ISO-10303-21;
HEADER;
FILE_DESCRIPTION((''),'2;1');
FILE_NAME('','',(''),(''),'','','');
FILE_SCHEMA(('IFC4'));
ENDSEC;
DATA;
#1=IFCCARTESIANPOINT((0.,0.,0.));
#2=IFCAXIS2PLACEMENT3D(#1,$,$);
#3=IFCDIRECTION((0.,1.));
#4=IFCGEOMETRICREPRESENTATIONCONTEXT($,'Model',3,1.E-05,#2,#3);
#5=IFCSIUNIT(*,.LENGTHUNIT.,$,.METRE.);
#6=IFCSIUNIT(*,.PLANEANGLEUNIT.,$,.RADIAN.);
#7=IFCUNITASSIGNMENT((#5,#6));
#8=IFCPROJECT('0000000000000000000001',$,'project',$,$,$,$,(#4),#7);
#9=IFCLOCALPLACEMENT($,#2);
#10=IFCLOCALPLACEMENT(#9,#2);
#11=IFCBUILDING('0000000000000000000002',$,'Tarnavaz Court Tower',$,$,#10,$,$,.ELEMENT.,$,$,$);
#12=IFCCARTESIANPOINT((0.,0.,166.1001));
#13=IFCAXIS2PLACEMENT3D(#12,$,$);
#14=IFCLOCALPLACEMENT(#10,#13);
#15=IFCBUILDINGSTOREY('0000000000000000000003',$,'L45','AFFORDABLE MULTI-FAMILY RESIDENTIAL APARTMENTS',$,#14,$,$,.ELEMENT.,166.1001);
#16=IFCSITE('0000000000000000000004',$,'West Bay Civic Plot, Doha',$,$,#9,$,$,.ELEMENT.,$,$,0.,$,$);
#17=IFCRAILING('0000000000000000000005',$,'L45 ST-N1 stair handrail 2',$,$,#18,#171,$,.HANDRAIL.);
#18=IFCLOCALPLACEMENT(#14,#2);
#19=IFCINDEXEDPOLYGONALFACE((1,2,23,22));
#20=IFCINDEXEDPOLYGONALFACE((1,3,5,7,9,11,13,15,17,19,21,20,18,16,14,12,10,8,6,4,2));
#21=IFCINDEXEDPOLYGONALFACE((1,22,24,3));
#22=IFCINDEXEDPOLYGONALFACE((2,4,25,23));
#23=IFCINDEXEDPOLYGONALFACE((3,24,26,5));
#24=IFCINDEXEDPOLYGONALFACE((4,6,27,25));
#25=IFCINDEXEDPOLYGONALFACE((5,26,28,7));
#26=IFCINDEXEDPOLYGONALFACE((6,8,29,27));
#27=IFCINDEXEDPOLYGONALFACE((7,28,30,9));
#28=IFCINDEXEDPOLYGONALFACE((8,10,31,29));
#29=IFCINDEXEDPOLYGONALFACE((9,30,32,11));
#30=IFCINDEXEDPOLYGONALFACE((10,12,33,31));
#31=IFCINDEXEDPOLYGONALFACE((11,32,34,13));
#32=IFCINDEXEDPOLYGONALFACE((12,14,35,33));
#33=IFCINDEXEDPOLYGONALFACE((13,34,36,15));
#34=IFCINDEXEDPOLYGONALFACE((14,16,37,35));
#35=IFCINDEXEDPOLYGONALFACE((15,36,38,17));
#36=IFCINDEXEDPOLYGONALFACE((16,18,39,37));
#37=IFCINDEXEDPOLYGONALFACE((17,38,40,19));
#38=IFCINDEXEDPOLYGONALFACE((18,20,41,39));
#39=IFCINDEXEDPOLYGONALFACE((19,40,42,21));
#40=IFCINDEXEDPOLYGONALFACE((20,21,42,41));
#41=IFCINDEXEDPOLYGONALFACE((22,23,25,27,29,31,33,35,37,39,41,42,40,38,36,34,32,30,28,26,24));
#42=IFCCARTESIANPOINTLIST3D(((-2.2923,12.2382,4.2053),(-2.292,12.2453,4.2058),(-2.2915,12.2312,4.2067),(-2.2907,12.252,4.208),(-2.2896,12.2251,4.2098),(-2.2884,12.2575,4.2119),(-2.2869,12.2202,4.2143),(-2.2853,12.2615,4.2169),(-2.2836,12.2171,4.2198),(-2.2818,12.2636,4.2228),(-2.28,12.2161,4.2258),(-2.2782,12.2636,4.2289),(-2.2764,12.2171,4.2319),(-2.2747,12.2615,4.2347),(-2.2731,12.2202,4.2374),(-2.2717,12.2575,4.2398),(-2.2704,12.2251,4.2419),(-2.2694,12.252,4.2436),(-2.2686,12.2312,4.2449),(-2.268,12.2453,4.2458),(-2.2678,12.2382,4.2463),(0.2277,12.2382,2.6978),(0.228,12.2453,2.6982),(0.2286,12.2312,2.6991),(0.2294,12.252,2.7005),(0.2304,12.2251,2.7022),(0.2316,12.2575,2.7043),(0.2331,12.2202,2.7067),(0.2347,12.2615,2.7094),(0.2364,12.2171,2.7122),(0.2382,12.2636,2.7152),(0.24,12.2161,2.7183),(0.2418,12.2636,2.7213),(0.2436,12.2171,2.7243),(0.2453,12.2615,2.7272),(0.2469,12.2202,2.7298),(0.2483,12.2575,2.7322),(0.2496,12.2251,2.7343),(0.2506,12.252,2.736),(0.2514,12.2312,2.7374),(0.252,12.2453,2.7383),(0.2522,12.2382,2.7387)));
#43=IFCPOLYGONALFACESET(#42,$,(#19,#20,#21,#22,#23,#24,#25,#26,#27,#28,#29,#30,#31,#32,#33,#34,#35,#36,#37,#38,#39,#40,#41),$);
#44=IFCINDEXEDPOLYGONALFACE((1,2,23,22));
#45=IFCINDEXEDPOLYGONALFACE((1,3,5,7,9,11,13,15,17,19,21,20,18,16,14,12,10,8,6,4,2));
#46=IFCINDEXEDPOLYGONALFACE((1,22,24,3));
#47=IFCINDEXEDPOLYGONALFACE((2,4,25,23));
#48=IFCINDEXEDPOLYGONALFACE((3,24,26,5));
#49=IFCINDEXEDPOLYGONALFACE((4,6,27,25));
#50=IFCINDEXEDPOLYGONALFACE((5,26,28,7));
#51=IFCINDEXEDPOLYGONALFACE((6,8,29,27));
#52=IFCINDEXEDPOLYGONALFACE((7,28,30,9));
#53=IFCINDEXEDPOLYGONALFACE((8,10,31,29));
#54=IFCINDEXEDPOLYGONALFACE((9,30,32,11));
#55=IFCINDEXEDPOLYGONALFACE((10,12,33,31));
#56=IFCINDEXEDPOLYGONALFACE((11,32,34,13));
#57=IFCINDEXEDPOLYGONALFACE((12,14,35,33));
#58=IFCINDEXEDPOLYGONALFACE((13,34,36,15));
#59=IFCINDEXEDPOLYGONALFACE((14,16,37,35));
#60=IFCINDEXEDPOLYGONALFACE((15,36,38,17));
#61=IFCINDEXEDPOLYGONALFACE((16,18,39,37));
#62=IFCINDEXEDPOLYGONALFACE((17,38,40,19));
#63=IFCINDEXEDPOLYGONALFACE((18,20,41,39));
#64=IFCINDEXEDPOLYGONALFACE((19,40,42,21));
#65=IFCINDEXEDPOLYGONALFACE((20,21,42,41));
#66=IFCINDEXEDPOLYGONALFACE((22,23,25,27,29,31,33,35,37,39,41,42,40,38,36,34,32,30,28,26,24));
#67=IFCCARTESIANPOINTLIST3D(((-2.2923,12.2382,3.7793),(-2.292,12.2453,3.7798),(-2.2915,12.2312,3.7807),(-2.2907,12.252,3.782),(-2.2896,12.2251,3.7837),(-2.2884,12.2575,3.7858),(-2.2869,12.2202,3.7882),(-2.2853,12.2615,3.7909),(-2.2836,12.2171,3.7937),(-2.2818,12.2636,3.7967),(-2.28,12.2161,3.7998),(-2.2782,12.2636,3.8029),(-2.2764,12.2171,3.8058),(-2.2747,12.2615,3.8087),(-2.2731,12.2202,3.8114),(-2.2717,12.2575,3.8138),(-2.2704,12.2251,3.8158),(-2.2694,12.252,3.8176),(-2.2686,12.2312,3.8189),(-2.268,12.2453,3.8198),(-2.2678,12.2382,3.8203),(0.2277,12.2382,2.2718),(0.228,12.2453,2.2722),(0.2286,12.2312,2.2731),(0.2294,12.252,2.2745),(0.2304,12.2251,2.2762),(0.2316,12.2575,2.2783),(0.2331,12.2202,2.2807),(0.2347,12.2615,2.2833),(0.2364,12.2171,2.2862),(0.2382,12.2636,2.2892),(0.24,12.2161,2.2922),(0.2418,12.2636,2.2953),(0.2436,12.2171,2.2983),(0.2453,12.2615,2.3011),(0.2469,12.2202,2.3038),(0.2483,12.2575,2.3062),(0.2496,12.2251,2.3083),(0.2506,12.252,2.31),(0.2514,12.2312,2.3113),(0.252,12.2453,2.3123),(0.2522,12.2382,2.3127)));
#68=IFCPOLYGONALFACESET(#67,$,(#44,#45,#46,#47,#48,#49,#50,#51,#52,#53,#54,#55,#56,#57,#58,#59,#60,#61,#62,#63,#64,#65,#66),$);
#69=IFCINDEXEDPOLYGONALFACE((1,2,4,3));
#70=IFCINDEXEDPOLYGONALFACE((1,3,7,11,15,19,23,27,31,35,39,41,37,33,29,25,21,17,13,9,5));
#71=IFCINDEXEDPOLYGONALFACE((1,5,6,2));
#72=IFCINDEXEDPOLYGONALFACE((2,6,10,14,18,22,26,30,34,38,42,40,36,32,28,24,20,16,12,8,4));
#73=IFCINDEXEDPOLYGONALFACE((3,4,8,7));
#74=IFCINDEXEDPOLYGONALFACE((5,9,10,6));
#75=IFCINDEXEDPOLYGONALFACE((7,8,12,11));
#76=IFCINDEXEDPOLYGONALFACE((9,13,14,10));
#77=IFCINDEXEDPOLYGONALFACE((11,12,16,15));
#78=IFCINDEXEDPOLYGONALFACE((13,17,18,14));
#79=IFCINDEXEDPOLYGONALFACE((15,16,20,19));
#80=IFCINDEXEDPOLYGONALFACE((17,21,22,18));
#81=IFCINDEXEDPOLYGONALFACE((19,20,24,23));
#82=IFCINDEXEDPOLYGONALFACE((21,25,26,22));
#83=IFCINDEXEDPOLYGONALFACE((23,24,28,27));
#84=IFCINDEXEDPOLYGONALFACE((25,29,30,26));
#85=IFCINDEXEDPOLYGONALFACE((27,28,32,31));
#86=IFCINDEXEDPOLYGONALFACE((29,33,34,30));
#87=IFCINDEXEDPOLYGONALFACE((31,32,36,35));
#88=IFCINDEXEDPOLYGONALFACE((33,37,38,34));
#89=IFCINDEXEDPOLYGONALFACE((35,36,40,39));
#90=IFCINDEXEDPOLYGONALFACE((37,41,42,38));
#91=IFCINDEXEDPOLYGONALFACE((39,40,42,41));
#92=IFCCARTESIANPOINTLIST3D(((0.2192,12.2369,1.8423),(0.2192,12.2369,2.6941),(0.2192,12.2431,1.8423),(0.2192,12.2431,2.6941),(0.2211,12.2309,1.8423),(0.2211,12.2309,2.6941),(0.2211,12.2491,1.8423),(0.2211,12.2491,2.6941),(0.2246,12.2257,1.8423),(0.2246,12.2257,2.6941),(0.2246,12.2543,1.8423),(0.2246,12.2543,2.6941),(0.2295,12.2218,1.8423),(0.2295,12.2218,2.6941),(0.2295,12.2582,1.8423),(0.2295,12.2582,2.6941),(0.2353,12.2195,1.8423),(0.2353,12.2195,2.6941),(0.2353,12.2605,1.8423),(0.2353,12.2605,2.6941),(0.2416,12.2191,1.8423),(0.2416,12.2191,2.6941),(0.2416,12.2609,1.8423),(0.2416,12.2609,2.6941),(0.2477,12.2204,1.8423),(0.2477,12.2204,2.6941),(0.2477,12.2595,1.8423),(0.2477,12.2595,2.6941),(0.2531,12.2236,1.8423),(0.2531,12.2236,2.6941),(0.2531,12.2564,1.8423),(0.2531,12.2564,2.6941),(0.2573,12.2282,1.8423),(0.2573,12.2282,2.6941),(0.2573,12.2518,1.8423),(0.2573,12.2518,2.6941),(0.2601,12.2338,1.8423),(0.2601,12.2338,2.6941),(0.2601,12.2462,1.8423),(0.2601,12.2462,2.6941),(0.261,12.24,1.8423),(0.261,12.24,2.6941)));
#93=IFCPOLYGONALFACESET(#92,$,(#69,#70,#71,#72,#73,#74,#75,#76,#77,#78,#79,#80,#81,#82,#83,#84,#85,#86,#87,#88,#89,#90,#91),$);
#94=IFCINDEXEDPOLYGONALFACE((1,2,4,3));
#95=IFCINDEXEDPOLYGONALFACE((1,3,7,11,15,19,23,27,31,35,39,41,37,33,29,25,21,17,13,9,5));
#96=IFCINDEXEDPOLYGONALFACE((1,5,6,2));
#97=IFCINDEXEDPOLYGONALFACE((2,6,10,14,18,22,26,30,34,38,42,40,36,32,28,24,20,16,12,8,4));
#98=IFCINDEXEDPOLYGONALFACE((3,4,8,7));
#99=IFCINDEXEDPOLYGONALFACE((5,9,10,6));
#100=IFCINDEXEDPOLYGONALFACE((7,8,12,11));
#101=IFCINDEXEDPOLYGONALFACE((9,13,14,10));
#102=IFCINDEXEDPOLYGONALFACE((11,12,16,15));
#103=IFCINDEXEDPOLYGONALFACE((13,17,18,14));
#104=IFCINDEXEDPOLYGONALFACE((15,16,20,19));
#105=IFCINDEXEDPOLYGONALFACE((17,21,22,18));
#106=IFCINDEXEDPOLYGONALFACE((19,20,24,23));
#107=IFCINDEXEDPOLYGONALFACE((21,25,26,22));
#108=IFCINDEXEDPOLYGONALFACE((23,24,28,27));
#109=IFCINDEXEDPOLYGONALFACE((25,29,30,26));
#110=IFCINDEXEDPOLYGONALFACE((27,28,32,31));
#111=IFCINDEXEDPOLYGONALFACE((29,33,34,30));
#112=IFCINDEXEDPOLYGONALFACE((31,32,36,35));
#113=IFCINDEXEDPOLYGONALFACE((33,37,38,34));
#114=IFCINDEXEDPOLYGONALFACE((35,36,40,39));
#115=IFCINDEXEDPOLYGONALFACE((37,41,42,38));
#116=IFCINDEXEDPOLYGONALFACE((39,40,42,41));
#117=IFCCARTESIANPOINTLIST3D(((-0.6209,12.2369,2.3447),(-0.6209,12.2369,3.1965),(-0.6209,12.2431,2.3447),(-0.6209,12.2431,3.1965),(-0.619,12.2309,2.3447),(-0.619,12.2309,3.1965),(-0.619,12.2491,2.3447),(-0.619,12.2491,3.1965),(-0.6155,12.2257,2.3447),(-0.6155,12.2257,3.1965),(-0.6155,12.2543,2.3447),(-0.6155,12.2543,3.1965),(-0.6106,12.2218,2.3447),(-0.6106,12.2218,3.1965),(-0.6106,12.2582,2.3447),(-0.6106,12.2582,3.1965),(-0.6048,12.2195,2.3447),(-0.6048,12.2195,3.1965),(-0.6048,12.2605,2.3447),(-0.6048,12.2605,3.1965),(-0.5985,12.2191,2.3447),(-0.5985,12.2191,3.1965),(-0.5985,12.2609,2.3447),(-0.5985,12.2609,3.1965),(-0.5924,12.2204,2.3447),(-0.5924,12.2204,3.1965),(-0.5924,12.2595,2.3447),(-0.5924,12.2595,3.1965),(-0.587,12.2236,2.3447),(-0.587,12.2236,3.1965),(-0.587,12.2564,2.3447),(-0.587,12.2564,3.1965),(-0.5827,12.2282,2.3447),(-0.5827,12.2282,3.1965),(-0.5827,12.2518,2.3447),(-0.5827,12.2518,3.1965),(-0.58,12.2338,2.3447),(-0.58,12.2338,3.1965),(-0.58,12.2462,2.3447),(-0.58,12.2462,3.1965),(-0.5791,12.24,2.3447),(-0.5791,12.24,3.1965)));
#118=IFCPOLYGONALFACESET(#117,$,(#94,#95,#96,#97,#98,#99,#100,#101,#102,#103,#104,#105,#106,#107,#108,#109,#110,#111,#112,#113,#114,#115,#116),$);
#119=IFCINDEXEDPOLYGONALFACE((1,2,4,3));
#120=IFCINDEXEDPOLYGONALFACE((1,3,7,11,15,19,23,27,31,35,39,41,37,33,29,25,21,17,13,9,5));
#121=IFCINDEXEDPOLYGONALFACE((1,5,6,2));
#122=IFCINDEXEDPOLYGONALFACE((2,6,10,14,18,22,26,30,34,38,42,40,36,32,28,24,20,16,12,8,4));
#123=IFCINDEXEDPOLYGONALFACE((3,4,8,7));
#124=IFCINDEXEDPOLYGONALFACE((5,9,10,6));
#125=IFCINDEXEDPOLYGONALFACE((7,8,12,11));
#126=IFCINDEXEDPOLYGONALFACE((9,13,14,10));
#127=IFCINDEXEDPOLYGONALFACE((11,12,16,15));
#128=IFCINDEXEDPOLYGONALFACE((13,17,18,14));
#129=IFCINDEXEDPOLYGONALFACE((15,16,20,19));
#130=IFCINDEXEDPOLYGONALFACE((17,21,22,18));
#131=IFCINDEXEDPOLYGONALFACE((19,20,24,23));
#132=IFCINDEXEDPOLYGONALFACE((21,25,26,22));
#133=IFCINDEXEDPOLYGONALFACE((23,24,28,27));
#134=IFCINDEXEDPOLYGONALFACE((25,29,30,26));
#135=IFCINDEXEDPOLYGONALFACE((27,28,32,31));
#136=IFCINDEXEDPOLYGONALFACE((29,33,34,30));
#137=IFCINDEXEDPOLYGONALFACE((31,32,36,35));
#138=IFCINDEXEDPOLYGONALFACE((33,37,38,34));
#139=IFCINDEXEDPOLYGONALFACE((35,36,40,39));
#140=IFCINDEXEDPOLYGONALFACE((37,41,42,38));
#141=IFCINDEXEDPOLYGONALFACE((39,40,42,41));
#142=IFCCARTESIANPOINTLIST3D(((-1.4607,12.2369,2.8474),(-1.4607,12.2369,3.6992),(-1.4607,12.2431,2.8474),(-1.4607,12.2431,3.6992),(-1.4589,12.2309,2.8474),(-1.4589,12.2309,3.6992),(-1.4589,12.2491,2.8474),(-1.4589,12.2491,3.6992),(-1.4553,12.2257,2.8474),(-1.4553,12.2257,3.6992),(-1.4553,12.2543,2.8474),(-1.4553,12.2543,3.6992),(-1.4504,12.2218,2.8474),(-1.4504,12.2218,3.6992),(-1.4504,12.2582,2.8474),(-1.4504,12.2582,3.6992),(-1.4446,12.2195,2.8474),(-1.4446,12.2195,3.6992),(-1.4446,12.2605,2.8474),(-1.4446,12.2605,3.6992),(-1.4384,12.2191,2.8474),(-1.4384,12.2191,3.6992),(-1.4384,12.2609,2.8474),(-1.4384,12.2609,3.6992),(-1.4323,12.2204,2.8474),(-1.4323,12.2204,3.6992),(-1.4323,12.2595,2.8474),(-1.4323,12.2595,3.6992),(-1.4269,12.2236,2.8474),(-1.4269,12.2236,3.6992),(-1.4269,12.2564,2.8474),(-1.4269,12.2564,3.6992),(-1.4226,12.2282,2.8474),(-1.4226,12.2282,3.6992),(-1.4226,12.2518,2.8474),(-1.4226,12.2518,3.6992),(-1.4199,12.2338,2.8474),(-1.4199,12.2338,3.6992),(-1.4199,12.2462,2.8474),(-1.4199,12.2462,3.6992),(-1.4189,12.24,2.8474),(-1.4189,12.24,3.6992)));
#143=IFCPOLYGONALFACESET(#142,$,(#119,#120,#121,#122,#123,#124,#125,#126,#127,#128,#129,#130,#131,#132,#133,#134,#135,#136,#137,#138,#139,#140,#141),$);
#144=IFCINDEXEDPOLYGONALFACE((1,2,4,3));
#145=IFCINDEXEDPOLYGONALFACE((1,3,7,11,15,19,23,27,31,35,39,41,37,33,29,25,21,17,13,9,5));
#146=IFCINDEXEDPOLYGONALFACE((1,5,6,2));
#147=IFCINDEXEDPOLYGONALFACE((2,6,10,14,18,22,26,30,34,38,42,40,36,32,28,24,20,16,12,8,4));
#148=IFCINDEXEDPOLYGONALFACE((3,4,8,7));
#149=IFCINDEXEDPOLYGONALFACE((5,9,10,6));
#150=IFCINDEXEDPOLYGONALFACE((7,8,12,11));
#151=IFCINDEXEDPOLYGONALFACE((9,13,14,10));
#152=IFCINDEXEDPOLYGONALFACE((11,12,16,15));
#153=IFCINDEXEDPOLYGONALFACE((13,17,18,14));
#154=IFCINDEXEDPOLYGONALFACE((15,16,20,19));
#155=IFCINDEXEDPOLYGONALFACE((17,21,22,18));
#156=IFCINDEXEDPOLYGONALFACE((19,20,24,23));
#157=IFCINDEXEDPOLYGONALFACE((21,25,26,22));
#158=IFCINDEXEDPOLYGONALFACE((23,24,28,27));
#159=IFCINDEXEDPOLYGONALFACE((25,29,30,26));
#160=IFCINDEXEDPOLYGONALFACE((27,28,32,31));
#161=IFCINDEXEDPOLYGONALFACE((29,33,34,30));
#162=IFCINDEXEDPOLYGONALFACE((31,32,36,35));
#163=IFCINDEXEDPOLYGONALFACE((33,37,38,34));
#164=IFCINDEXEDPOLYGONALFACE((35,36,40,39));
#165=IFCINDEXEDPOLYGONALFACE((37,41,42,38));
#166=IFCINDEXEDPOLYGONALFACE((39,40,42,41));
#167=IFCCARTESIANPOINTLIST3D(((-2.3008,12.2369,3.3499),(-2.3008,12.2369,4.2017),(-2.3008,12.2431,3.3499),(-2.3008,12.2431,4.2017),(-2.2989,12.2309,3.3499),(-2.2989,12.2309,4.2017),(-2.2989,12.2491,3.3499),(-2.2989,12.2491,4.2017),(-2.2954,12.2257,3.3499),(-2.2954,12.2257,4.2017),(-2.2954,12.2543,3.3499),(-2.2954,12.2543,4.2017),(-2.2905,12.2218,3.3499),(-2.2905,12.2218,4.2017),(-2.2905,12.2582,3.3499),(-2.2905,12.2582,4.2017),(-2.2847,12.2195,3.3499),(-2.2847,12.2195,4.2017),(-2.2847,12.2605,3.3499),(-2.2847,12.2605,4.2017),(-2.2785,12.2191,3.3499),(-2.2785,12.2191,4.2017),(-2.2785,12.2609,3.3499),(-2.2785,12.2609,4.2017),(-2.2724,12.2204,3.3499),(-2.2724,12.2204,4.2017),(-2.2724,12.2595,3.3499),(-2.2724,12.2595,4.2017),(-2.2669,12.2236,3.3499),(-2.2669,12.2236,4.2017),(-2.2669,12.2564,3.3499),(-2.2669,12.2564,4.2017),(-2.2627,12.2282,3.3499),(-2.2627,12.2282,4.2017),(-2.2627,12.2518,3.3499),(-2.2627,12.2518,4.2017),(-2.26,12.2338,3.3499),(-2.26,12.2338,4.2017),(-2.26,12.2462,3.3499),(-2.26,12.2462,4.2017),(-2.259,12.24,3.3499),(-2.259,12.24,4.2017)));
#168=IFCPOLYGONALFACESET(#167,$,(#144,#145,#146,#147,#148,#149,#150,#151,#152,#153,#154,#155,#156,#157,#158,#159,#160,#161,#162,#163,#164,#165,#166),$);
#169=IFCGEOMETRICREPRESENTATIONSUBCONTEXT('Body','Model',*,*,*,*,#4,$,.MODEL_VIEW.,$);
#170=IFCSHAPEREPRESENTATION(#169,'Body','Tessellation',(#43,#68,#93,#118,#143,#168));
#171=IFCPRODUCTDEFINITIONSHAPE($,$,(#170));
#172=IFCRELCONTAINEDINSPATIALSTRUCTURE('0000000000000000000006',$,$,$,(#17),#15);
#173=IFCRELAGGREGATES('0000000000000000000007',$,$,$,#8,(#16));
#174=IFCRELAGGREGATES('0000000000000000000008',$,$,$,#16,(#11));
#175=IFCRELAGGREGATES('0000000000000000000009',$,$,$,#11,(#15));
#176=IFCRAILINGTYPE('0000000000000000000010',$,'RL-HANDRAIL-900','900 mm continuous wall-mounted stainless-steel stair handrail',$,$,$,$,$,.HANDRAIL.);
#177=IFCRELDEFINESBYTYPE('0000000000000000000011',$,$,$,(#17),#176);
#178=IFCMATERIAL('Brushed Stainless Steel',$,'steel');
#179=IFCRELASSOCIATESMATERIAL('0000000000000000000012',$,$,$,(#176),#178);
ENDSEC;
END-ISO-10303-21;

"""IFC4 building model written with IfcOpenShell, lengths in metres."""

from ifc_helpers import new_model, si_unit, direction, frame, origin, origin_2d, place, context, subcontext, project, spatial, circle, extrude, material, type_object, element, save


model = new_model("IFC4")

# Units and contexts
model_context = context("Model", 3, precision=1e-05, world=origin(), true_north=direction((0.0, 1.0)))
body_context = subcontext(model_context, "Body", "Model", "MODEL_VIEW")
ifc_project = project(units=[si_unit("LENGTHUNIT", "METRE"), si_unit("PLANEANGLEUNIT", "RADIAN")], contexts=[model_context])

# Site, building, storey
site_placement = place(None, origin())
site = spatial("IfcSite", under=ifc_project, at=site_placement, Name="West Bay Civic Plot, Doha", CompositionType="ELEMENT", RefElevation=0.0)
building_placement = place(site_placement, origin())
building = spatial("IfcBuilding", under=site, at=building_placement, Name="Tarnavaz Court Tower", CompositionType="ELEMENT")
storey_placement = place(building_placement, frame((0.0, 0.0, 166.1001)))
storey = spatial("IfcBuildingStorey", under=building, at=storey_placement, Name="L45", Description="AFFORDABLE MULTI-FAMILY RESIDENTIAL APARTMENTS", CompositionType="ELEMENT", Elevation=166.1001)

# Railing
ifc_material_1 = material(Name="Brushed Stainless Steel", Category="steel")
railing_type_1 = type_object("IfcRailingType", Name="RL-HANDRAIL-900", Description="900 mm continuous wall-mounted stainless-steel stair handrail", PredefinedType="HANDRAIL", material=ifc_material_1)
railing_1_placement = place(storey_placement, frame((0.24, 12.24, 1.8423)))
element("IfcRailing", 1, at=railing_1_placement, inside=storey, type_object=railing_type_1, Name="L45 ST-N1 stair handrail 2", PredefinedType="HANDRAIL", context=body_context, shape_type="SweptSolid", body=[
    extrude(circle(Radius=0.0239, at=origin_2d()), frame((0.0, 0.0, 0.876), z_axis=(-0.85816, 0.0, 0.513383), x_axis=(0.0, -1.0, 0.0)), (0.0, 0.0, 1.0), 2.9365),
    extrude(circle(Radius=0.0239, at=origin_2d()), frame((0.0, 0.0, 0.45), z_axis=(-0.85816, 0.0, 0.513383), x_axis=(0.0, -1.0, 0.0)), (0.0, 0.0, 1.0), 2.9365),
    extrude(circle(Radius=0.021, at=origin_2d()), origin(), (0.0, 0.0, 1.0), 0.8518),
    extrude(circle(Radius=0.021, at=origin_2d()), frame((-0.8401, 0.0, 0.5024)), (0.0, 0.0, 1.0), 0.8518),
    extrude(circle(Radius=0.021, at=origin_2d()), frame((-1.6799, 0.0, 1.0051)), (0.0, 0.0, 1.0), 0.8518),
    extrude(circle(Radius=0.021, at=origin_2d()), frame((-2.52, 0.0, 1.5076)), (0.0, 0.0, 1.0), 0.8518),
])

save(model, "model.ifc")
